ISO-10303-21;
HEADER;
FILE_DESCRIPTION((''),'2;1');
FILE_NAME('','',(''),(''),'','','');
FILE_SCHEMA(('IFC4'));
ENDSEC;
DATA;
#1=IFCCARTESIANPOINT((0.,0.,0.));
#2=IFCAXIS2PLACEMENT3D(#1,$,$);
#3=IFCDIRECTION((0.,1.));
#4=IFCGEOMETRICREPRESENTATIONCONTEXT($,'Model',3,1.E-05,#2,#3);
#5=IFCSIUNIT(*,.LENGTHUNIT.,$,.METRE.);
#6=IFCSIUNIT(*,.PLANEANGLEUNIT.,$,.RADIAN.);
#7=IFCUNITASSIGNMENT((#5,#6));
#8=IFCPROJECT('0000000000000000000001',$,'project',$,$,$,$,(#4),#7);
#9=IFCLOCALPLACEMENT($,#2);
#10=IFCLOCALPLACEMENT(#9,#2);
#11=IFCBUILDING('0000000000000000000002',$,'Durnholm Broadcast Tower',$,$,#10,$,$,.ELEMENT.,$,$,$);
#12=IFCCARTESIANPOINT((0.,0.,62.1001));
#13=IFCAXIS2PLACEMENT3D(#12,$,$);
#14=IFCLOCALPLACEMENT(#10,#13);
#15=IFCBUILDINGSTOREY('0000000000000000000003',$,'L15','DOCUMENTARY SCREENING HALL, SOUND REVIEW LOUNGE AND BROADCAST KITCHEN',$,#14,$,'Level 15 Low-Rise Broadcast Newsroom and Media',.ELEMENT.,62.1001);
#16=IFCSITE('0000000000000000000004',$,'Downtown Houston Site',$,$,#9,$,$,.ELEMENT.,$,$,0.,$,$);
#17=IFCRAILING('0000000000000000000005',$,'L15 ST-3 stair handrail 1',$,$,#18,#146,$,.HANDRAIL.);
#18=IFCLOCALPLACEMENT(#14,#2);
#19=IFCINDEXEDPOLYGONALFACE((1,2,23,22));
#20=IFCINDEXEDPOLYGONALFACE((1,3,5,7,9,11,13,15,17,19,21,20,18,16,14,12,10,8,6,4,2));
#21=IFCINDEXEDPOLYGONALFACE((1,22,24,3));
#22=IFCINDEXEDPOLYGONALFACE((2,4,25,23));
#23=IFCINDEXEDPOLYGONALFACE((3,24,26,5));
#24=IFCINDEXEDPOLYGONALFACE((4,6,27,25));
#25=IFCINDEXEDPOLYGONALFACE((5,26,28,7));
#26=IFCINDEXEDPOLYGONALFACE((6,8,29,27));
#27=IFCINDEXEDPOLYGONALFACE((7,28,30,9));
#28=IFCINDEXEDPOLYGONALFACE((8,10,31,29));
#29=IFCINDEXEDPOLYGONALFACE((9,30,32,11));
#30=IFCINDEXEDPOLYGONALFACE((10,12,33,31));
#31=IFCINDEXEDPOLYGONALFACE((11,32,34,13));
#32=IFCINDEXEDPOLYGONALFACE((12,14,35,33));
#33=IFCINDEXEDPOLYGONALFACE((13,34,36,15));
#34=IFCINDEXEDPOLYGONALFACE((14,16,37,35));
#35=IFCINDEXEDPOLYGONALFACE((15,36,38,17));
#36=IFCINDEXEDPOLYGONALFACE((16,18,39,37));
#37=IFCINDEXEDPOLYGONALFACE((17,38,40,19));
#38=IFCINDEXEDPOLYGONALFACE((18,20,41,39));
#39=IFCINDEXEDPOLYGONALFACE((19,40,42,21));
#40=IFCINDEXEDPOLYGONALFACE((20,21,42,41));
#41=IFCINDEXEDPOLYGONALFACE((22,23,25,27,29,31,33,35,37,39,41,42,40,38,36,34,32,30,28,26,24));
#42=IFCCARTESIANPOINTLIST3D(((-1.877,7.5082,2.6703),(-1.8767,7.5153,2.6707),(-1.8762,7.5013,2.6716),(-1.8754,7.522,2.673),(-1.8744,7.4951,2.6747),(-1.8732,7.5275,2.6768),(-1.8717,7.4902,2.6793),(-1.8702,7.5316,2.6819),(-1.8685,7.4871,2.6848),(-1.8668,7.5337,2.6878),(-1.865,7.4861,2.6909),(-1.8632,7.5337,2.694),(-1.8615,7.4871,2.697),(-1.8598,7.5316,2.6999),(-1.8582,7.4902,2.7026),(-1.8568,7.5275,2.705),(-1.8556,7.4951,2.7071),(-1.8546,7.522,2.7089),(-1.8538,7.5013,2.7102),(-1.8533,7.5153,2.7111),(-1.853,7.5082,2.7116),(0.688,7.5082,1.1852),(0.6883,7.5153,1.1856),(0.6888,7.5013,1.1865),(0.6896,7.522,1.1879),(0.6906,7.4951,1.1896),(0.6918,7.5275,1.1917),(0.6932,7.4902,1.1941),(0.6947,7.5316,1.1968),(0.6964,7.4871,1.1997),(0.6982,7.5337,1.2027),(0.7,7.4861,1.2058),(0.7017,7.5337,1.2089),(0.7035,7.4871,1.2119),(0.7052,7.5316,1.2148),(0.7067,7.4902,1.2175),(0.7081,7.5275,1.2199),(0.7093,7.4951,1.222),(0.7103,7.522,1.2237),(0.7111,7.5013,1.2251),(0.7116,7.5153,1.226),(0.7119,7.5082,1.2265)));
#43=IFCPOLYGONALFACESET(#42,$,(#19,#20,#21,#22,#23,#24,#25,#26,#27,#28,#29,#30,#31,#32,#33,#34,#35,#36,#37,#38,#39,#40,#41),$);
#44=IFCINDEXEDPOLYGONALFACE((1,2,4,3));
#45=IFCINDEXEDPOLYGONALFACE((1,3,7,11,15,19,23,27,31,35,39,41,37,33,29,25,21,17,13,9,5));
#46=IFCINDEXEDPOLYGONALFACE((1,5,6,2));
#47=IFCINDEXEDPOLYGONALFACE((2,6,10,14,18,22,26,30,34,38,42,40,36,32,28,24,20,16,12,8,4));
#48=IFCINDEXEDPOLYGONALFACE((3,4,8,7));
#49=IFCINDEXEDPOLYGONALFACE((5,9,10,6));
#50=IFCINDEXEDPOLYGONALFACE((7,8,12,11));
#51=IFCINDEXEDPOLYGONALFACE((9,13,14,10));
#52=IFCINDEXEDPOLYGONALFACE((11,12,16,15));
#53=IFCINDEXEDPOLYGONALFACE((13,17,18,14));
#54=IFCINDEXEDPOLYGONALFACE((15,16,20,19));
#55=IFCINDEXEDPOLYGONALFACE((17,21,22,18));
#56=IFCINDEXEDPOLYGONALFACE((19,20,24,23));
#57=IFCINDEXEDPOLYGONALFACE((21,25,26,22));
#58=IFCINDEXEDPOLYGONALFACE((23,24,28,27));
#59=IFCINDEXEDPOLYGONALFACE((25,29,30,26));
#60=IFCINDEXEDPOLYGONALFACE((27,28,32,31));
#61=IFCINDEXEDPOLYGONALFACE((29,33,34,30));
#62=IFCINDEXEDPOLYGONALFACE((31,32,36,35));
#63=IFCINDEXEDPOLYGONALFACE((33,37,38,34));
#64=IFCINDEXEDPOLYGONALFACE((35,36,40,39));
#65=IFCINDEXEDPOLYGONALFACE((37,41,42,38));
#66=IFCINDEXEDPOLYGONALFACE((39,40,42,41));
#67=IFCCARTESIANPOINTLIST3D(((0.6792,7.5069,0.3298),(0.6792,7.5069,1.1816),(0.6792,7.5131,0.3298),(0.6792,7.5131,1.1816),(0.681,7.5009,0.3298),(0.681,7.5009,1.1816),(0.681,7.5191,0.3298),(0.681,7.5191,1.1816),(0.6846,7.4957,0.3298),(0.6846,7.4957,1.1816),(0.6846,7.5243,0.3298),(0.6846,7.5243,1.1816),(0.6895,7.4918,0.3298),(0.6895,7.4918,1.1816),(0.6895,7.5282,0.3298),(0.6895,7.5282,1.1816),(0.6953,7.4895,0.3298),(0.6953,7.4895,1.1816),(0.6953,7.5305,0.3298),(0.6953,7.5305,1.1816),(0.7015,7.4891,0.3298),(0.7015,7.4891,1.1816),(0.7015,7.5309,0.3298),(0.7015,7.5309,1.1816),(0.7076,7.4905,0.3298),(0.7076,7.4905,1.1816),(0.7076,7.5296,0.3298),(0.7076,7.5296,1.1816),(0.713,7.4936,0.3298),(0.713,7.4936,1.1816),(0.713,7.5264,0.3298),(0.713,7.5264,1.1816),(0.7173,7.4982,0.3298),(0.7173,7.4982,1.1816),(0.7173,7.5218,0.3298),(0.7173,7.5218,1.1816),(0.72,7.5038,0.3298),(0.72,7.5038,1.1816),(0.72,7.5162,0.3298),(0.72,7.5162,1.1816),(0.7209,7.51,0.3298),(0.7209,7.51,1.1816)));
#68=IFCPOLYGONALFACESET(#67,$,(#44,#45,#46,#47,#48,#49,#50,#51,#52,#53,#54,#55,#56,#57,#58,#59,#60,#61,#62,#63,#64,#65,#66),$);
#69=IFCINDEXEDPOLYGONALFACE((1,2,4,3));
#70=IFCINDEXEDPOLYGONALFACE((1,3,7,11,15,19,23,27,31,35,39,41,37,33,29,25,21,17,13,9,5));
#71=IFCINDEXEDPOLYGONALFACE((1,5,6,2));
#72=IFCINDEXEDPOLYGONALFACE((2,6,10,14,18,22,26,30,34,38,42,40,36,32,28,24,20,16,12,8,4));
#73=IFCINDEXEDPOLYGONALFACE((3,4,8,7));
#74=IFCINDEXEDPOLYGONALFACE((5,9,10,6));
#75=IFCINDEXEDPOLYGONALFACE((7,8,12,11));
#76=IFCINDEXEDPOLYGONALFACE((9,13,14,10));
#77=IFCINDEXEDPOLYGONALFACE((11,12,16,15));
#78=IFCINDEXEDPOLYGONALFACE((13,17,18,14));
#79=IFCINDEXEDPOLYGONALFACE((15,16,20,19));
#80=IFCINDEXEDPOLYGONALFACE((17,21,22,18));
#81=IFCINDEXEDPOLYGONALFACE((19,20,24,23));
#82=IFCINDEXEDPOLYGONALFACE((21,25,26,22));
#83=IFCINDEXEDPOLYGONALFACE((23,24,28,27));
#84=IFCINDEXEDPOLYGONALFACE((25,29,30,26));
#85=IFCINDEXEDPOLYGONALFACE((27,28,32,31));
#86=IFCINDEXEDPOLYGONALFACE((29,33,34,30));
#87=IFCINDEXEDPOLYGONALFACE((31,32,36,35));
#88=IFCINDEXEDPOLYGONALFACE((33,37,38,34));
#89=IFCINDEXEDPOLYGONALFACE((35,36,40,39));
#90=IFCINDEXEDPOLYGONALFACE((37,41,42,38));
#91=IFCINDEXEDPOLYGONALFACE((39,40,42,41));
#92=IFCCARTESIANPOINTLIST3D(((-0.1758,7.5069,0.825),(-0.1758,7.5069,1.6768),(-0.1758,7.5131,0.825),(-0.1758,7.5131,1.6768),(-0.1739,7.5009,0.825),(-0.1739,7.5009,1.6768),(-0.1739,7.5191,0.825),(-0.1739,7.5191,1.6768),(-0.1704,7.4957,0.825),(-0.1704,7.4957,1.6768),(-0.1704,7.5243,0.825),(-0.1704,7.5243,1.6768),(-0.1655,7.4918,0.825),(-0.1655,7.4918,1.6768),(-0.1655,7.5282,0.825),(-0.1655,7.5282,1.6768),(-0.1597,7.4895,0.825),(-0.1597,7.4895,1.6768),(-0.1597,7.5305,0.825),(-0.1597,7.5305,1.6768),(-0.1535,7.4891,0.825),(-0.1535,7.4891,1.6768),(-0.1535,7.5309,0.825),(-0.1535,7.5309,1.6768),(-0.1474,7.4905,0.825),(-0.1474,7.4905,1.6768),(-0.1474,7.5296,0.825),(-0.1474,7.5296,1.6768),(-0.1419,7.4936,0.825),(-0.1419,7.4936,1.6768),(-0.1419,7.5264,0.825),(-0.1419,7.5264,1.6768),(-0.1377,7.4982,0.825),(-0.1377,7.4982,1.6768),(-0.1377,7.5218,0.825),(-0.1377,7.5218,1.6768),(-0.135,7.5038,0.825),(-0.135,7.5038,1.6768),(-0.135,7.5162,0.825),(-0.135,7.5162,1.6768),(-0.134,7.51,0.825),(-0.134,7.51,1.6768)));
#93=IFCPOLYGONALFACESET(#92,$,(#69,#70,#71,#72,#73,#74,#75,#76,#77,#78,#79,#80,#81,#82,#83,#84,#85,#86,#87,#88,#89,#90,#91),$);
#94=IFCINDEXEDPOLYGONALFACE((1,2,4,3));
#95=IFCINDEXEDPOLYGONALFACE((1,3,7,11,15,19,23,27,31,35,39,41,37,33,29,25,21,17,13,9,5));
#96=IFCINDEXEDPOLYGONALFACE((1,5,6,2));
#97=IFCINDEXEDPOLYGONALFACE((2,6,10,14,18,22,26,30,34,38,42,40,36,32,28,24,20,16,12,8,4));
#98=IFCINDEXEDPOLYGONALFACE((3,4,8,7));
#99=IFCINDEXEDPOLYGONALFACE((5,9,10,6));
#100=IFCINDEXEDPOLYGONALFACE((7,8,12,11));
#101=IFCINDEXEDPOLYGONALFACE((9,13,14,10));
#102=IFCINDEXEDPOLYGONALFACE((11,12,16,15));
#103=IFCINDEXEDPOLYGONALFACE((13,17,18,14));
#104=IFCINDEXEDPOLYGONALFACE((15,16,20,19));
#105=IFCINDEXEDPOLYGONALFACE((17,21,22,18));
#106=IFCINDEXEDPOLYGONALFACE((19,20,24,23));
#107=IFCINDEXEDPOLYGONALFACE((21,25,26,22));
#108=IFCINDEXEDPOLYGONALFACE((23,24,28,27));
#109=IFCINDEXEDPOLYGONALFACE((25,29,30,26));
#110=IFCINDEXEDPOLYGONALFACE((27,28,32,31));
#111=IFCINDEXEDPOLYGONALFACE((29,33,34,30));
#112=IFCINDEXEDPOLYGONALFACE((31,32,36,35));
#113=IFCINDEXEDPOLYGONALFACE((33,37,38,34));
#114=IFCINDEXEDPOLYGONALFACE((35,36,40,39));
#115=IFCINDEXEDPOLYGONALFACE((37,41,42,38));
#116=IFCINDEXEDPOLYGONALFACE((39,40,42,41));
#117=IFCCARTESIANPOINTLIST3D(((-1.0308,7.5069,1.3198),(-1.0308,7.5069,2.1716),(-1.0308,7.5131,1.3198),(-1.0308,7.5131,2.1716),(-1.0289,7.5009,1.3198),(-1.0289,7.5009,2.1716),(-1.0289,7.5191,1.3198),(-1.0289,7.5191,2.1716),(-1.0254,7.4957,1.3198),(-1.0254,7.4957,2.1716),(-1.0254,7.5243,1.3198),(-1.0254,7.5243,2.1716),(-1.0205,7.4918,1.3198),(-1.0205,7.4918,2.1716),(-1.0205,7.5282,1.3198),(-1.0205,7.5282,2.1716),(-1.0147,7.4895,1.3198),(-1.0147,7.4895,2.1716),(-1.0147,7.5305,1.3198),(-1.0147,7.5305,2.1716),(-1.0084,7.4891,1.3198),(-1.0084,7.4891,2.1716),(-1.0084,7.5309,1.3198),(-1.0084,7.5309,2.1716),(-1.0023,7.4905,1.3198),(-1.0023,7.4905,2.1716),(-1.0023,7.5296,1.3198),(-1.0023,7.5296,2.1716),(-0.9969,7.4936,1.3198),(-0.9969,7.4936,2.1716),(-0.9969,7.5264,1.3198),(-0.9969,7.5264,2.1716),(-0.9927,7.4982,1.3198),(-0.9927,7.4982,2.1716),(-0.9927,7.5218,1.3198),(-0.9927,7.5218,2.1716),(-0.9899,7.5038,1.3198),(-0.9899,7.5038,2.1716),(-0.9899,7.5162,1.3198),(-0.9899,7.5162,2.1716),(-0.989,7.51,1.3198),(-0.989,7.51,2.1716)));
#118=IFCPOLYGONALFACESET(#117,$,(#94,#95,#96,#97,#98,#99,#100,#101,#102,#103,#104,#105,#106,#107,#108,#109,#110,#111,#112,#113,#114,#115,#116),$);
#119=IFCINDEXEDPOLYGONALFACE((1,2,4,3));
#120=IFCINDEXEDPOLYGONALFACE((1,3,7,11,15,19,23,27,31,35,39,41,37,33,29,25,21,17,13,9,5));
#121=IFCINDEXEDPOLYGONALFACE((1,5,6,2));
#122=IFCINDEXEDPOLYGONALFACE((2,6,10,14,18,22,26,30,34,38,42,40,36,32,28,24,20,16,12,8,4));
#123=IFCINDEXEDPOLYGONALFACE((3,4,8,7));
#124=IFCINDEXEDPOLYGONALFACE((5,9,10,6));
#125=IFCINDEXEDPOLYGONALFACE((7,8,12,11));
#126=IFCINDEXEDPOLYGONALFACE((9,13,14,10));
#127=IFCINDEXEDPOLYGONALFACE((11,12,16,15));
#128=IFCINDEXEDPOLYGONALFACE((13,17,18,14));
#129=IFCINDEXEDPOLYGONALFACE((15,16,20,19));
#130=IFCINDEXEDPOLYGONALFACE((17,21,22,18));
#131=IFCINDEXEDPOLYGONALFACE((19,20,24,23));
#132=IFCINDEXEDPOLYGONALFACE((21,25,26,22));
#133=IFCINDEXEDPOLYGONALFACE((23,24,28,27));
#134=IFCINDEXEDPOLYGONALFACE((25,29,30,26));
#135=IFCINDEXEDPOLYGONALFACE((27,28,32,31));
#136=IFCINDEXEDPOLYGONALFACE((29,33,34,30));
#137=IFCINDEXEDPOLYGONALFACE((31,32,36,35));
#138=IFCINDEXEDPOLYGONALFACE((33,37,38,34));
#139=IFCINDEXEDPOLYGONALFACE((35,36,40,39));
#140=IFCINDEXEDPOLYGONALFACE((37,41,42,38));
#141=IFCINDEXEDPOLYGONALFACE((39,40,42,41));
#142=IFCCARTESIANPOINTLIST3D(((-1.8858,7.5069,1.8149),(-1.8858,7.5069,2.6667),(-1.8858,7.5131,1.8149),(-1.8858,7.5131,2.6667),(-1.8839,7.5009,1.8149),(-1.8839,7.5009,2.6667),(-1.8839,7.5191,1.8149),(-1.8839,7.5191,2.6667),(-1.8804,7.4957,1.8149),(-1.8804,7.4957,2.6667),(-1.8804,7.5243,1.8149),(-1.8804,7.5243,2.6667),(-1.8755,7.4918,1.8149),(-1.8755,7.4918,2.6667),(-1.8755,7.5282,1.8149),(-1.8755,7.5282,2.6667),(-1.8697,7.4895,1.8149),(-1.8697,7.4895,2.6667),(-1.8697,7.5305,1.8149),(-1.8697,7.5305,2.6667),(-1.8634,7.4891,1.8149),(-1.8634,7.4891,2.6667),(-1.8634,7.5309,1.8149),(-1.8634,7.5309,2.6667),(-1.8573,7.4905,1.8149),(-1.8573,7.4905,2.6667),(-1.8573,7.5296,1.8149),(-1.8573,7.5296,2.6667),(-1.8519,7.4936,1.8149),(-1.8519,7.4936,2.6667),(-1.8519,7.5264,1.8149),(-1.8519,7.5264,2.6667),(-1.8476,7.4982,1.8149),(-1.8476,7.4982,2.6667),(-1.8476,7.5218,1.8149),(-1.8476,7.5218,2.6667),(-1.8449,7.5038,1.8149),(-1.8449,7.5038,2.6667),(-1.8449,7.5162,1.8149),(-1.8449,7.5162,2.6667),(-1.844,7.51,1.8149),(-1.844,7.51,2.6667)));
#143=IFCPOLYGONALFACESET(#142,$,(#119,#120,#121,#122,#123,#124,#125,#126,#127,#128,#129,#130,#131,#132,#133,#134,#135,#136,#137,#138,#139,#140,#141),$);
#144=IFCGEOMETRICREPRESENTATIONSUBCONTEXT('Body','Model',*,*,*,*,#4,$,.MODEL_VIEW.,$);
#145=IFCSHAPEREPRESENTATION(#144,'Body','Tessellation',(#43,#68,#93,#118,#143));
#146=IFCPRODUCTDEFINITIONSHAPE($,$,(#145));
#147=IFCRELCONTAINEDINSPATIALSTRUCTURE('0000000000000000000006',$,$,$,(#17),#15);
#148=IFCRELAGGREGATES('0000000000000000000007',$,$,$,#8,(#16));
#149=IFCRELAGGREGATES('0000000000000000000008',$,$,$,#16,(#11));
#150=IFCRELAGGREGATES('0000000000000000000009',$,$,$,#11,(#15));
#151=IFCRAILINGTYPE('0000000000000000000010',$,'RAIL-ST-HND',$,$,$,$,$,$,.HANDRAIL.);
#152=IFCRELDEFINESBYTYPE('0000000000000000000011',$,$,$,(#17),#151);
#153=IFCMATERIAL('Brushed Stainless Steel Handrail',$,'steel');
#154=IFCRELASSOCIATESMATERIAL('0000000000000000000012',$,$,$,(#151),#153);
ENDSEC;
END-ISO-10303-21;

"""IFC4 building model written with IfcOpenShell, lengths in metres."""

from ifc_helpers import new_model, si_unit, direction, frame, origin, origin_2d, place, context, subcontext, project, spatial, circle, extrude, material, type_object, element, save


model = new_model("IFC4")

# Units and contexts
model_context = context("Model", 3, precision=1e-05, world=origin(), true_north=direction((0.0, 1.0)))
body_context = subcontext(model_context, "Body", "Model", "MODEL_VIEW")
ifc_project = project(units=[si_unit("LENGTHUNIT", "METRE"), si_unit("PLANEANGLEUNIT", "RADIAN")], contexts=[model_context])

# Site, building, storey
site_placement = place(None, origin())
site = spatial("IfcSite", under=ifc_project, at=site_placement, Name="Downtown Houston Site", CompositionType="ELEMENT", RefElevation=0.0)
building_placement = place(site_placement, origin())
building = spatial("IfcBuilding", under=site, at=building_placement, Name="Durnholm Broadcast Tower", CompositionType="ELEMENT")
storey_placement = place(building_placement, frame((0.0, 0.0, 62.1001)))
storey = spatial("IfcBuildingStorey", under=building, at=storey_placement, Name="L15", Description="DOCUMENTARY SCREENING HALL, SOUND REVIEW LOUNGE AND BROADCAST KITCHEN", LongName="Level 15 Low-Rise Broadcast Newsroom and Media", CompositionType="ELEMENT", Elevation=62.1001)

# Railing
ifc_material_1 = material(Name="Brushed Stainless Steel Handrail", Category="steel")
railing_type_1 = type_object("IfcRailingType", Name="RAIL-ST-HND", PredefinedType="HANDRAIL", material=ifc_material_1)
railing_1_placement = place(storey_placement, frame((0.7, 7.51, 0.3298)))
element("IfcRailing", 1, at=railing_1_placement, inside=storey, type_object=railing_type_1, Name="L15 ST-3 stair handrail 1", PredefinedType="HANDRAIL", context=body_context, shape_type="SweptSolid", body=[
    extrude(circle(Radius=0.0239, at=origin_2d()), frame((0.0, 0.0, 0.876), z_axis=(-0.865406, 0.0, 0.501072), x_axis=(0.0, -1.0, 0.0)), (0.0, 0.0, 1.0), 2.9639),
    extrude(circle(Radius=0.021, at=origin_2d()), origin(), (0.0, 0.0, 1.0), 0.8518),
    extrude(circle(Radius=0.021, at=origin_2d()), frame((-0.855, 0.0, 0.4951)), (0.0, 0.0, 1.0), 0.8518),
    extrude(circle(Radius=0.021, at=origin_2d()), frame((-1.71, 0.0, 0.99)), (0.0, 0.0, 1.0), 0.8518),
    extrude(circle(Radius=0.021, at=origin_2d()), frame((-2.5649, 0.0, 1.4851)), (0.0, 0.0, 1.0), 0.8518),
])

save(model, "model.ifc")
